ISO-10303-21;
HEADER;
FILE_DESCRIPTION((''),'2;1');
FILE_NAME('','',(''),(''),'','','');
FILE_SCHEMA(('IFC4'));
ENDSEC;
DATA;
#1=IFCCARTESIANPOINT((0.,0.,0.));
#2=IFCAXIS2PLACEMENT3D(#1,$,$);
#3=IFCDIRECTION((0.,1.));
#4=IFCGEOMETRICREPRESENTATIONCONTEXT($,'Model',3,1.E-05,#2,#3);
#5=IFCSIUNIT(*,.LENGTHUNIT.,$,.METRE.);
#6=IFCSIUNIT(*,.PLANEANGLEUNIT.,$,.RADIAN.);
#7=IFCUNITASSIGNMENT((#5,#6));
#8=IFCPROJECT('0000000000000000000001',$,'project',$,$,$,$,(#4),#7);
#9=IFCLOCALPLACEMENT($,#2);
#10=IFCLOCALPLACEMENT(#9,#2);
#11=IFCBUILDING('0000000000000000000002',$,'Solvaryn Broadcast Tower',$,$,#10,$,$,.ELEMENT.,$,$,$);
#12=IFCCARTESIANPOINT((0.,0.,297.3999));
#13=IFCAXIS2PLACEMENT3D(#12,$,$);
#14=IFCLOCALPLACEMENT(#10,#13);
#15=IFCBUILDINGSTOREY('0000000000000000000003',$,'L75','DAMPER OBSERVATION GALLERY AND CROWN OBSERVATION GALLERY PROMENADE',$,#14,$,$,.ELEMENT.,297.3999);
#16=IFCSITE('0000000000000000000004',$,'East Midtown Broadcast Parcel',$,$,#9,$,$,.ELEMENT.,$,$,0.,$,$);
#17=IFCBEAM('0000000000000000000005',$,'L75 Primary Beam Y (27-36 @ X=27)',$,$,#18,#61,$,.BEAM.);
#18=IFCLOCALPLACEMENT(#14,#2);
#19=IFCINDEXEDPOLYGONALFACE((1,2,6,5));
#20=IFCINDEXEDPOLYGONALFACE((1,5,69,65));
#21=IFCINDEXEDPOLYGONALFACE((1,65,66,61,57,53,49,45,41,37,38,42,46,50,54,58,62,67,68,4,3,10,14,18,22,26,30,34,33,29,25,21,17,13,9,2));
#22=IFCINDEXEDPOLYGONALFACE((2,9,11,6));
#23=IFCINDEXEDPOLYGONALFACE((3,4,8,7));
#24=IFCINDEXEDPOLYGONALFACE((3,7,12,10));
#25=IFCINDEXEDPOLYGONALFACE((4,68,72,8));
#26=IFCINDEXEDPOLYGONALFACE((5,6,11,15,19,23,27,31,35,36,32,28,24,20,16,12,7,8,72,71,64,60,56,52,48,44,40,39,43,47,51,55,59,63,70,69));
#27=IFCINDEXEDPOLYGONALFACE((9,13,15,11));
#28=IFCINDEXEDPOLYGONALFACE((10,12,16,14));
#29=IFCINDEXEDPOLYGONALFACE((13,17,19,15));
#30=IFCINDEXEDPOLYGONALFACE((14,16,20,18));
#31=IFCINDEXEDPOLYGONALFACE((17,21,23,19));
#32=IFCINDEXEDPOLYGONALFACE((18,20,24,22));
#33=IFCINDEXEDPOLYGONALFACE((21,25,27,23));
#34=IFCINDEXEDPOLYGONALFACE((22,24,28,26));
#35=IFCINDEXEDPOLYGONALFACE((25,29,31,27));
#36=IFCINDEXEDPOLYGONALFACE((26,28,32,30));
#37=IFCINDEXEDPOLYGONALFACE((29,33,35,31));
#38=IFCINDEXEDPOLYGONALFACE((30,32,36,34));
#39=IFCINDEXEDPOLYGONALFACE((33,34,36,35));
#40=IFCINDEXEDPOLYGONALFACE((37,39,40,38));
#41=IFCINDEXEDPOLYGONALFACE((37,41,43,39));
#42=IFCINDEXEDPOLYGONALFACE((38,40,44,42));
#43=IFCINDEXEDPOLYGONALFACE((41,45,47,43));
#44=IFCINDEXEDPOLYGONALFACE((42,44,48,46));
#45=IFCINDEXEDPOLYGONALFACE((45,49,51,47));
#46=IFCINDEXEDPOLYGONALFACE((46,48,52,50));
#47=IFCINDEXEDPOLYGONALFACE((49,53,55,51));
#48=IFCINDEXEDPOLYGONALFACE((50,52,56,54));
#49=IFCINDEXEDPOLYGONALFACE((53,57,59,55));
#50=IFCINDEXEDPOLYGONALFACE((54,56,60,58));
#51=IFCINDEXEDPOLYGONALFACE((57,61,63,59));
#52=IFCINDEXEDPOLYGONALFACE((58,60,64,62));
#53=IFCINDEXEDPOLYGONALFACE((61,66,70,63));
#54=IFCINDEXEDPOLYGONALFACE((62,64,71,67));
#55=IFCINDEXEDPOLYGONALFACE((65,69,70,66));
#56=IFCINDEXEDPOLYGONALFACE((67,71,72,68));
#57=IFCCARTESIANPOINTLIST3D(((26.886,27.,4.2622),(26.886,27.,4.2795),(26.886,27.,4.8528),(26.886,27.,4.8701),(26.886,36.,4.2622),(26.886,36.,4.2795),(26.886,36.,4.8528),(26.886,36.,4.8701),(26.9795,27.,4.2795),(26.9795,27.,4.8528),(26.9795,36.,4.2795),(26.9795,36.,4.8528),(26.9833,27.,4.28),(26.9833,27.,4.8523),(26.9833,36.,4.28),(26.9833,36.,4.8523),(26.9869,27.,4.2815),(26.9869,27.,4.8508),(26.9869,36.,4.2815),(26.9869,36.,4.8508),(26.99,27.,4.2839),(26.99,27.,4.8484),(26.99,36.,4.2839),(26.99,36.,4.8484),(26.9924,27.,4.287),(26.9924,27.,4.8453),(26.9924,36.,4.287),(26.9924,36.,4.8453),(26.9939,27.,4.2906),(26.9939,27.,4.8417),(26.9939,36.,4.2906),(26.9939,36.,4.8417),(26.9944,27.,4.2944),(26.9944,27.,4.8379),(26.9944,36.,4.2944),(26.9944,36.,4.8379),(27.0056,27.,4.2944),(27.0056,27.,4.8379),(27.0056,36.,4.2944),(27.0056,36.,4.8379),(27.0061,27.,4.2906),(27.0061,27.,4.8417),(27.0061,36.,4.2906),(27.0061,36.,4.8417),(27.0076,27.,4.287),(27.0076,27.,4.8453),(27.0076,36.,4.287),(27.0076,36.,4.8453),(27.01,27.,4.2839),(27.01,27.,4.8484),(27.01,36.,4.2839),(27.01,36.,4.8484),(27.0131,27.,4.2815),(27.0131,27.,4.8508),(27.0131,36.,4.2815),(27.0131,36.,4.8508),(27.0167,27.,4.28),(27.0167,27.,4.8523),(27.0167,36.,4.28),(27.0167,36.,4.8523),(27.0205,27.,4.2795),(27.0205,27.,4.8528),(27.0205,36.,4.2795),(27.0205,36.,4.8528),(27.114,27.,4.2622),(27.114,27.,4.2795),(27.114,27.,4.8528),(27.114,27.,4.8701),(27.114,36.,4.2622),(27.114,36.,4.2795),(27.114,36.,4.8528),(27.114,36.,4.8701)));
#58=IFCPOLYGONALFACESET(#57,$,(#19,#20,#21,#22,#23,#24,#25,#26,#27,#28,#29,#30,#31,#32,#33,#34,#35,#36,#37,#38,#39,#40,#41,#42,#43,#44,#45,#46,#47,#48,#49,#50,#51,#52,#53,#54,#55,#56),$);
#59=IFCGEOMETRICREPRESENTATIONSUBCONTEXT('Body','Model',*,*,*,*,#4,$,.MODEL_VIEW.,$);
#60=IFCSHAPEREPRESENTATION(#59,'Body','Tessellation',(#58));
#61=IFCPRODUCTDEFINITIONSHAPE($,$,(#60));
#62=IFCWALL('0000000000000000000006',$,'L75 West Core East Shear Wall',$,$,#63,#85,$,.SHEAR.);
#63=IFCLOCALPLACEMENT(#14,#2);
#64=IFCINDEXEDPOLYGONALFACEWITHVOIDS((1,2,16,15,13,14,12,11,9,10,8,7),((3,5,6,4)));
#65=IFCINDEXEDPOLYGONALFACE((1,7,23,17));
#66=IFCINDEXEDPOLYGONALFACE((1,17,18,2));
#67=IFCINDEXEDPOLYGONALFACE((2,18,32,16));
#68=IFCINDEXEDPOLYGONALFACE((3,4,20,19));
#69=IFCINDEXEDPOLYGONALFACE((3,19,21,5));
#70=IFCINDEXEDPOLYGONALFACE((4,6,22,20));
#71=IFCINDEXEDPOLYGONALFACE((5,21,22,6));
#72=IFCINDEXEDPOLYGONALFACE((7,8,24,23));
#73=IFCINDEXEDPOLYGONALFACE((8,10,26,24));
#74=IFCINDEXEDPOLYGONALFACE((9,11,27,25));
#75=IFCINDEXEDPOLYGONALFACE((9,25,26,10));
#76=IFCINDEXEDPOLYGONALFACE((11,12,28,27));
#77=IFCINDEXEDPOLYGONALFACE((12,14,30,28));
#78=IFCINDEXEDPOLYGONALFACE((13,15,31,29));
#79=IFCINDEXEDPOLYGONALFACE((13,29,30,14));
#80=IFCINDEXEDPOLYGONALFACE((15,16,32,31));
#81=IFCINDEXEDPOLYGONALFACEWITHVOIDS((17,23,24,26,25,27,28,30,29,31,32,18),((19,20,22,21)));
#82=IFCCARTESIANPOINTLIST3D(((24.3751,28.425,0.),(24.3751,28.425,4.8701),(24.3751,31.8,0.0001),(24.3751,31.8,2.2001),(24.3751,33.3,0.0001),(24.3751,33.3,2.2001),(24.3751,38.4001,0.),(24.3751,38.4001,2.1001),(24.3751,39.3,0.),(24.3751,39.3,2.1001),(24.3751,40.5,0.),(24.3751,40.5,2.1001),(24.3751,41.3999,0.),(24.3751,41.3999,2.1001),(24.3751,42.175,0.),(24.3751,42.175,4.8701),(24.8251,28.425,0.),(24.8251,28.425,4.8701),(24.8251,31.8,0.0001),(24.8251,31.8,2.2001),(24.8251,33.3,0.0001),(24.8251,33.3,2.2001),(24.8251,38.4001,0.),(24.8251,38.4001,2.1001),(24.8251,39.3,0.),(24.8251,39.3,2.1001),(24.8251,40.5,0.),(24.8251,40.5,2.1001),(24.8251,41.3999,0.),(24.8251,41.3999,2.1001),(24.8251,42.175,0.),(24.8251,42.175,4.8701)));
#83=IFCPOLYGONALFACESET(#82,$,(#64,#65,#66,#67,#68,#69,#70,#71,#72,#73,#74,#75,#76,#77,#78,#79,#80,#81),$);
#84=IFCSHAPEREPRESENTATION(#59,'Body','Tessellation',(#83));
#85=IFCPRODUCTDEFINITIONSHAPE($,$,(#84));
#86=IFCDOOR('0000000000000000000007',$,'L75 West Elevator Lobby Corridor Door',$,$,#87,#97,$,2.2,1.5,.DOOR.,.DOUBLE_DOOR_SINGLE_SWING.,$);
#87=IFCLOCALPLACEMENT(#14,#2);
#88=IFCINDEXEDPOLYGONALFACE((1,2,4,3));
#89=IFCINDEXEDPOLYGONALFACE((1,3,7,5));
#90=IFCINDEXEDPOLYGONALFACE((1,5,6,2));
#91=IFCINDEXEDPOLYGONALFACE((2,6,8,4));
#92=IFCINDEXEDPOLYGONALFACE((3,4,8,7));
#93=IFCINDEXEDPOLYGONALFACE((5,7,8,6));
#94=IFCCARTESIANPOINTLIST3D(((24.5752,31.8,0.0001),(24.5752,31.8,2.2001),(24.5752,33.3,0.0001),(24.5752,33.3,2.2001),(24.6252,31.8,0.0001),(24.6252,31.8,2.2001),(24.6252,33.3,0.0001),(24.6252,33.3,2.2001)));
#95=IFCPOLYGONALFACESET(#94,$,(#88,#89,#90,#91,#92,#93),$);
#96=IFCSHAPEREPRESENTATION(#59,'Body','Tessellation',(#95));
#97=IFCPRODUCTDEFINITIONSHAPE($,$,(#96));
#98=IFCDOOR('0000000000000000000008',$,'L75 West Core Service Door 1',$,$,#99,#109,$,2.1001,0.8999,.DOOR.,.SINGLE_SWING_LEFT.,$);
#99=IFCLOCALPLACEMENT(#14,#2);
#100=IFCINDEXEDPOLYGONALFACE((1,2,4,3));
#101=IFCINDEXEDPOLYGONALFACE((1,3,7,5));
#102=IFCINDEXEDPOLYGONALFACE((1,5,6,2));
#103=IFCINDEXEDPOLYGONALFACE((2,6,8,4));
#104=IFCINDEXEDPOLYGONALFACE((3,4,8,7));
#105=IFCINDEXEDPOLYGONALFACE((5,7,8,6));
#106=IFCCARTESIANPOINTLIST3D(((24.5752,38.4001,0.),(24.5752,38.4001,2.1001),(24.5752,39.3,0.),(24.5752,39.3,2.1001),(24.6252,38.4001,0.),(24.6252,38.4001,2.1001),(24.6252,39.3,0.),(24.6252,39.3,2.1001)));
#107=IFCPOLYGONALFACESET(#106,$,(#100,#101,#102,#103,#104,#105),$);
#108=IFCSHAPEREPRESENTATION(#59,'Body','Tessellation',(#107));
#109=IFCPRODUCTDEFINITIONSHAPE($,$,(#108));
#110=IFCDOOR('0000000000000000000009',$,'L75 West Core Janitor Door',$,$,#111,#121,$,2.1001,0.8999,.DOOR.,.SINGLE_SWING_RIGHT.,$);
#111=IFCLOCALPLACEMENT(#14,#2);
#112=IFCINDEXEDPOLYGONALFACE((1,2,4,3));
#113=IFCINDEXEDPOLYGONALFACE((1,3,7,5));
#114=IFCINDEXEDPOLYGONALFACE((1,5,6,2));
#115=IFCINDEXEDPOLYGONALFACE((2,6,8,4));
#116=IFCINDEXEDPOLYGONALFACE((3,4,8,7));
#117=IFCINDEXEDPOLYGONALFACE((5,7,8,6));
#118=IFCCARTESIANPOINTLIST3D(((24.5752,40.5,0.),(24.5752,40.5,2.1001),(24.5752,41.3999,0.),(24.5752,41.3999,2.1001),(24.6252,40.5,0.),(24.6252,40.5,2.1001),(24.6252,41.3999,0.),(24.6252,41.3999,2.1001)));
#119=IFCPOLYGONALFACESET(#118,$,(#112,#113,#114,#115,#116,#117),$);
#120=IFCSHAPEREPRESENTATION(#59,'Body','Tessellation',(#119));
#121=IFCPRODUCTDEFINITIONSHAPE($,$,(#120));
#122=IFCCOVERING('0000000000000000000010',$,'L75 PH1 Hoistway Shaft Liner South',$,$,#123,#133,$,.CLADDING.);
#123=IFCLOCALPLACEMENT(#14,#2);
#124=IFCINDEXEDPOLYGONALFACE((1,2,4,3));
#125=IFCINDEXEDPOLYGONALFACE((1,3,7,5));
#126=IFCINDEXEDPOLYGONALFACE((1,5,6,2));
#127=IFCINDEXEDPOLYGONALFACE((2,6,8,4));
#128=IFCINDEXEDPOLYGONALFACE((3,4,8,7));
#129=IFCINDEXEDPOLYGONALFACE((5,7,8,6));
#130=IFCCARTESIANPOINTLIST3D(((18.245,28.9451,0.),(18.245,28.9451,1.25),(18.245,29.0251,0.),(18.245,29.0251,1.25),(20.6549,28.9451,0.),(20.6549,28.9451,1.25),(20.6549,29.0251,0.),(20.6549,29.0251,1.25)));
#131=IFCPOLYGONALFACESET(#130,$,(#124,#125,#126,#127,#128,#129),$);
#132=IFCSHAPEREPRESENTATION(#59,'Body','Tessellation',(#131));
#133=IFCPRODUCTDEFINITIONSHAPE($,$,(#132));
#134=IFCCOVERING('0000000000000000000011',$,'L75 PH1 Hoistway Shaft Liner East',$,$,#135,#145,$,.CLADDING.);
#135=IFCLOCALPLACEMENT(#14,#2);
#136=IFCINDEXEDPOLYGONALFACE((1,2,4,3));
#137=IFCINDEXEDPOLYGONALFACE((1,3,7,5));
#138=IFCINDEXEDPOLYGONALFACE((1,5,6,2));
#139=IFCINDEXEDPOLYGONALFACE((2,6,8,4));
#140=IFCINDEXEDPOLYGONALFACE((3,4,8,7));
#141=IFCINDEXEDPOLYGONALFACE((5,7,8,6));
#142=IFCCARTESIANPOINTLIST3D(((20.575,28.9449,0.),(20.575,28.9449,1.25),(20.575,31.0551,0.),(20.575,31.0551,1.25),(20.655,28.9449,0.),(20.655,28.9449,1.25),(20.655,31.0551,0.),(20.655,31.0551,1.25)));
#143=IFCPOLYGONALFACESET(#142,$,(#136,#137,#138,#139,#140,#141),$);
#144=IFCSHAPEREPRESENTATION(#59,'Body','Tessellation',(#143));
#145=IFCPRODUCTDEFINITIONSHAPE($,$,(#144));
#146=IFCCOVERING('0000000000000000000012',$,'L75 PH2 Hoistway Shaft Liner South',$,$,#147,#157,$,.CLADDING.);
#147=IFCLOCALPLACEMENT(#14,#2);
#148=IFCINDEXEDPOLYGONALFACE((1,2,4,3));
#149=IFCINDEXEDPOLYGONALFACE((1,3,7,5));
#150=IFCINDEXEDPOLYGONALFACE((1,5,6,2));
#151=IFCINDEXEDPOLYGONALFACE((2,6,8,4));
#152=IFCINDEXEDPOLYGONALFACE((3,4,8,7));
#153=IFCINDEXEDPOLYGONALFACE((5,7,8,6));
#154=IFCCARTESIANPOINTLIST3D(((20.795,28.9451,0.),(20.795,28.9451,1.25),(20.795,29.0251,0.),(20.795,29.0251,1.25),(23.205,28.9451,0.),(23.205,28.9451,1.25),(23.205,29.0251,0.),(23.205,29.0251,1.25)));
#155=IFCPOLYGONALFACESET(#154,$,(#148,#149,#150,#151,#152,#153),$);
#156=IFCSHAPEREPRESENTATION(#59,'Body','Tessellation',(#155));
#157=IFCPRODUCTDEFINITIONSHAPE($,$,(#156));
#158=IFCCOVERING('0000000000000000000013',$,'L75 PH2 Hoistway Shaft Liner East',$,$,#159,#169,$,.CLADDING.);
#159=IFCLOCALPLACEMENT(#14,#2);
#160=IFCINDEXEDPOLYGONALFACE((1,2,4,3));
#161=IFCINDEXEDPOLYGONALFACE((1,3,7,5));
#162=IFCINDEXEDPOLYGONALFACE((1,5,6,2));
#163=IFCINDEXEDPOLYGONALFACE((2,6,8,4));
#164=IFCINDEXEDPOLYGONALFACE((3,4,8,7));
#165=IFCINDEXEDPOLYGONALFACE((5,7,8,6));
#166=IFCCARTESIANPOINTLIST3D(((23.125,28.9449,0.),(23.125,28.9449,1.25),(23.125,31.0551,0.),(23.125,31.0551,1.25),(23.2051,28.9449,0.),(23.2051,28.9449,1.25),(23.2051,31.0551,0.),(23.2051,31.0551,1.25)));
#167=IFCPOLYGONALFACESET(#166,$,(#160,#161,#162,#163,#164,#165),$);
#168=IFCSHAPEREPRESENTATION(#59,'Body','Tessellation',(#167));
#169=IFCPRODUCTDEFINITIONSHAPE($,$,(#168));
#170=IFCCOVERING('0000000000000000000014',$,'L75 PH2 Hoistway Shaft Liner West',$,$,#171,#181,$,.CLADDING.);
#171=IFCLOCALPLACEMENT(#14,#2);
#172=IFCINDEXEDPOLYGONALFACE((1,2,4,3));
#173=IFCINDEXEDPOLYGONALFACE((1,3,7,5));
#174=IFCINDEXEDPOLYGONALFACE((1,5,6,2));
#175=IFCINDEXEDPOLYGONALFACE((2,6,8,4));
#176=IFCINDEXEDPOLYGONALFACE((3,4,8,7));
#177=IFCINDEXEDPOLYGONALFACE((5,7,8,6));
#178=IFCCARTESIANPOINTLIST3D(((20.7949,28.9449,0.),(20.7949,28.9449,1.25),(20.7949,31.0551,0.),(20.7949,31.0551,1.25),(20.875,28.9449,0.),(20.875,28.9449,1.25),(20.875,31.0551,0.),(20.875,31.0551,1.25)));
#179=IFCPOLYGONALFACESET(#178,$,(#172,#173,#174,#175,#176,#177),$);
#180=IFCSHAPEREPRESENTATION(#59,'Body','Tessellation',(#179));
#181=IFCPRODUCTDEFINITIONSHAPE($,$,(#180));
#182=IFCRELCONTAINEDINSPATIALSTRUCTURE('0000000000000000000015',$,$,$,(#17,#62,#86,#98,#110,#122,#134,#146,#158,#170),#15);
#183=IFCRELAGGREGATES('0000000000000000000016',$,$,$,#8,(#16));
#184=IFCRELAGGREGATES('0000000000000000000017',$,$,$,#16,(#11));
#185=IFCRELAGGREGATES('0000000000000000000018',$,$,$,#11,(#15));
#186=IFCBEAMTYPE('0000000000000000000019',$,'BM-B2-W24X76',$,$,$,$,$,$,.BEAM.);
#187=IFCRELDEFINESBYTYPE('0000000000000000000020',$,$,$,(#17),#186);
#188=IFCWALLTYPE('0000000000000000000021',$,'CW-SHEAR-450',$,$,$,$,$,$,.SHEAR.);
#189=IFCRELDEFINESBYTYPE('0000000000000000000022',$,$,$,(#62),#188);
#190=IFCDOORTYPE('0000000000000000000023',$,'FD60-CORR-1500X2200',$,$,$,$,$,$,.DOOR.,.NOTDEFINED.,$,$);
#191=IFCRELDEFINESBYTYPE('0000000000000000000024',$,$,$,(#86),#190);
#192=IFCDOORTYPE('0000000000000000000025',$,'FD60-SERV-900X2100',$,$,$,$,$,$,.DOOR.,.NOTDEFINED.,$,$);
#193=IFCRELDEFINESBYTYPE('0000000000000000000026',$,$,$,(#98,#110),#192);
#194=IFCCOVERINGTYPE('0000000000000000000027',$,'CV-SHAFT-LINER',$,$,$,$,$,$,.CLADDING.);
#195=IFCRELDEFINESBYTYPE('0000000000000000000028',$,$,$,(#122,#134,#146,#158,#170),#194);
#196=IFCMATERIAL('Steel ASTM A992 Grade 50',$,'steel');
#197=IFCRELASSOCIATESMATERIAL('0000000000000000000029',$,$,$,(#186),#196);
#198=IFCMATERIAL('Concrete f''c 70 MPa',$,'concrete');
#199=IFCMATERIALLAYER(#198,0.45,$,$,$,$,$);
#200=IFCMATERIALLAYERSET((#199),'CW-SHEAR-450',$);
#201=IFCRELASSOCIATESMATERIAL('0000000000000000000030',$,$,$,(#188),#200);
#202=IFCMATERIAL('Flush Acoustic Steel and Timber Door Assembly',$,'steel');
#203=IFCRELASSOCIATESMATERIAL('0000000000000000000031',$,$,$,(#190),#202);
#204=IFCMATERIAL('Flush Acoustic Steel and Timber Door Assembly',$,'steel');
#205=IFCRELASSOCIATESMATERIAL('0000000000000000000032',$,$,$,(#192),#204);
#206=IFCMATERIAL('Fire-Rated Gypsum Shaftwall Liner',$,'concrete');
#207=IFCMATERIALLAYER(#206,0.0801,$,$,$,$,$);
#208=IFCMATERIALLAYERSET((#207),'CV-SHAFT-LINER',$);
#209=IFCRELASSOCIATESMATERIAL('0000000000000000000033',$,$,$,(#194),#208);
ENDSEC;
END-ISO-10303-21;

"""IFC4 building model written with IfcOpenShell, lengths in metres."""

from ifc_helpers import new_model, si_unit, direction, frame, frame_2d, origin, origin_2d, place, context, subcontext, project, spatial, rectangle, i_section, extrude, material, layer, layer_set, material_profile, profile_set, type_object, element, fill, save


model = new_model("IFC4")

# Units and contexts
model_context = context("Model", 3, precision=1e-05, world=origin(), true_north=direction((0.0, 1.0)))
body_context = subcontext(model_context, "Body", "Model", "MODEL_VIEW")
ifc_project = project(units=[si_unit("LENGTHUNIT", "METRE"), si_unit("PLANEANGLEUNIT", "RADIAN")], contexts=[model_context])

# Site, building, storey
site_placement = place(None, origin())
site = spatial("IfcSite", under=ifc_project, at=site_placement, Name="East Midtown Broadcast Parcel", CompositionType="ELEMENT", RefElevation=0.0)
building_placement = place(site_placement, origin())
building = spatial("IfcBuilding", under=site, at=building_placement, Name="Solvaryn Broadcast Tower", CompositionType="ELEMENT")
storey_placement = place(building_placement, frame((0.0, 0.0, 297.3999)))
storey = spatial("IfcBuildingStorey", under=building, at=storey_placement, Name="L75", Description="DAMPER OBSERVATION GALLERY AND CROWN OBSERVATION GALLERY PROMENADE", CompositionType="ELEMENT", Elevation=297.3999)

# Beam
ifc_material_1 = material(Name="Steel ASTM A992 Grade 50", Category="steel")
ifc_material_profile_1 = material_profile(ifc_material_1, i_section(OverallWidth=0.228, OverallDepth=0.6079, WebThickness=0.0112, FlangeThickness=0.0173, FilletRadius=0.0149, at=origin_2d()))
ifc_profile_set_1 = profile_set([ifc_material_profile_1], Name="Steel ASTM A992 Grade 50")
beam_type_1 = type_object("IfcBeamType", Name="BM-B2-W24X76", PredefinedType="BEAM", material=ifc_profile_set_1)
beam_1_placement = place(storey_placement, frame((27.0, 27.0, 4.5662), z_axis=(0.0, 1.0, 0.0), x_axis=(-1.0, 0.0, 0.0)))
element("IfcBeam", 1, at=beam_1_placement, inside=storey, type_object=beam_type_1, Name="L75 Primary Beam Y (27-36 @ X=27)", PredefinedType="BEAM", context=body_context, shape_type="SweptSolid", body=[
    extrude(i_section(OverallWidth=0.228, OverallDepth=0.6079, WebThickness=0.0112, FlangeThickness=0.0173, FilletRadius=0.0149, at=origin_2d()), origin(), (0.0, 0.0, 1.0), 9.0),
])

# Wall, openings, doors
ifc_material_2 = material(Name="Concrete f'c 70 MPa", Category="concrete")
ifc_layer_1 = layer(ifc_material_2, 0.45)
ifc_layer_set_1 = layer_set([ifc_layer_1], Name="CW-SHEAR-450")
wall_type_1 = type_object("IfcWallType", Name="CW-SHEAR-450", PredefinedType="SHEAR", material=ifc_layer_set_1)
wall_1_placement = place(storey_placement, frame((24.6001, 28.425, 0.0), z_axis=(0.0, 0.0, 1.0), x_axis=(0.0, 1.0, 0.0)))
wall_1 = element("IfcWall", 2, at=wall_1_placement, inside=storey, type_object=wall_type_1, Name="L75 West Core East Shear Wall", PredefinedType="SHEAR", context=body_context, shape_type="SweptSolid", body=[
    extrude(rectangle(XDim=13.75, YDim=0.45, at=frame_2d((6.875, 0.0))), origin(), (0.0, 0.0, 1.0), 4.8701),
])
opening_1_placement = place(wall_1_placement, frame((3.375, 0.0, 0.0)))
opening_1 = element("IfcOpeningElement", 3, at=opening_1_placement, cuts=wall_1, PredefinedType="OPENING", context=body_context, shape_type="SweptSolid", body=[
    extrude(rectangle(XDim=1.5, YDim=2.2, at=frame_2d((0.75, 1.1001))), frame((0.0, 0.2351, 0.0), z_axis=(0.0, -1.0, 0.0), x_axis=(1.0, 0.0, 0.0)), (0.0, 0.0, 1.0), 0.47),
])
opening_2_placement = place(wall_1_placement, frame((9.9751, 0.0, 0.0)))
opening_2 = element("IfcOpeningElement", 4, at=opening_2_placement, cuts=wall_1, PredefinedType="OPENING", context=body_context, shape_type="SweptSolid", body=[
    extrude(rectangle(XDim=0.8999, YDim=2.1001, at=frame_2d((0.45, 1.05))), frame((0.0, 0.2351, 0.0), z_axis=(0.0, -1.0, 0.0), x_axis=(1.0, 0.0, 0.0)), (0.0, 0.0, 1.0), 0.47),
])
opening_3_placement = place(wall_1_placement, frame((12.075, 0.0, 0.0)))
opening_3 = element("IfcOpeningElement", 5, at=opening_3_placement, cuts=wall_1, PredefinedType="OPENING", context=body_context, shape_type="SweptSolid", body=[
    extrude(rectangle(XDim=0.8999, YDim=2.1001, at=frame_2d((0.45, 1.05))), frame((0.0, 0.2351, 0.0), z_axis=(0.0, -1.0, 0.0), x_axis=(1.0, 0.0, 0.0)), (0.0, 0.0, 1.0), 0.47),
])
ifc_material_3 = material(Name="Flush Acoustic Steel and Timber Door Assembly", Category="steel")
door_type_1 = type_object("IfcDoorType", Name="FD60-CORR-1500X2200", OperationType="NOTDEFINED", PredefinedType="DOOR", material=ifc_material_3)
door_1_placement = place(opening_1_placement, origin())
door_1 = element("IfcDoor", 6, at=door_1_placement, inside=storey, type_object=door_type_1, Name="L75 West Elevator Lobby Corridor Door", OperationType="DOUBLE_DOOR_SINGLE_SWING", OverallHeight=2.2, OverallWidth=1.5, PredefinedType="DOOR", context=body_context, shape_type="SweptSolid", body=[
    extrude(rectangle(XDim=1.5, YDim=2.2, at=frame_2d((0.75, 1.1001))), frame((0.0, 0.0249, 0.0), z_axis=(0.0, -1.0, 0.0), x_axis=(1.0, 0.0, 0.0)), (0.0, 0.0, 1.0), 0.05),
])
fill(opening_1, door_1)
ifc_material_4 = material(Name="Flush Acoustic Steel and Timber Door Assembly", Category="steel")
door_type_2 = type_object("IfcDoorType", Name="FD60-SERV-900X2100", OperationType="NOTDEFINED", PredefinedType="DOOR", material=ifc_material_4)
door_2_placement = place(opening_2_placement, origin())
door_2 = element("IfcDoor", 7, at=door_2_placement, inside=storey, type_object=door_type_2, Name="L75 West Core Service Door 1", OperationType="SINGLE_SWING_LEFT", OverallHeight=2.1001, OverallWidth=0.8999, PredefinedType="DOOR", context=body_context, shape_type="SweptSolid", body=[
    extrude(rectangle(XDim=0.8999, YDim=2.1001, at=frame_2d((0.45, 1.05))), frame((0.0, 0.0249, 0.0), z_axis=(0.0, -1.0, 0.0), x_axis=(1.0, 0.0, 0.0)), (0.0, 0.0, 1.0), 0.05),
])
fill(opening_2, door_2)
door_3_placement = place(opening_3_placement, origin())
door_3 = element("IfcDoor", 8, at=door_3_placement, inside=storey, type_object=door_type_2, Name="L75 West Core Janitor Door", OperationType="SINGLE_SWING_RIGHT", OverallHeight=2.1001, OverallWidth=0.8999, PredefinedType="DOOR", context=body_context, shape_type="SweptSolid", body=[
    extrude(rectangle(XDim=0.8999, YDim=2.1001, at=frame_2d((0.45, 1.05))), frame((0.0, 0.0249, 0.0), z_axis=(0.0, -1.0, 0.0), x_axis=(1.0, 0.0, 0.0)), (0.0, 0.0, 1.0), 0.05),
])
fill(opening_3, door_3)

# Coverings
ifc_material_5 = material(Name="Fire-Rated Gypsum Shaftwall Liner", Category="concrete")
ifc_layer_2 = layer(ifc_material_5, 0.0801)
ifc_layer_set_2 = layer_set([ifc_layer_2], Name="CV-SHAFT-LINER")
covering_type = type_object("IfcCoveringType", Name="CV-SHAFT-LINER", PredefinedType="CLADDING", material=ifc_layer_set_2)
covering_1_placement = place(storey_placement, frame((19.45, 28.9851, 0.0), z_axis=(0.0, 0.0, 1.0), x_axis=(1.0, 0.0, 0.0)))
element("IfcCovering", 9, at=covering_1_placement, inside=storey, type_object=covering_type, Name="L75 PH1 Hoistway Shaft Liner South", PredefinedType="CLADDING", context=body_context, shape_type="SweptSolid", body=[
    extrude(rectangle(XDim=2.4099, YDim=0.0801, at=origin_2d()), origin(), (0.0, 0.0, 1.0), 1.25),
])
covering_2_placement = place(storey_placement, frame((20.615, 30.0, 0.0), z_axis=(0.0, 0.0, 1.0), x_axis=(1.0, 0.0, 0.0)))
element("IfcCovering", 10, at=covering_2_placement, inside=storey, type_object=covering_type, Name="L75 PH1 Hoistway Shaft Liner East", PredefinedType="CLADDING", context=body_context, shape_type="SweptSolid", body=[
    extrude(rectangle(XDim=0.0801, YDim=2.1101, at=origin_2d()), origin(), (0.0, 0.0, 1.0), 1.25),
])
covering_3_placement = place(storey_placement, frame((22.0, 28.9851, 0.0), z_axis=(0.0, 0.0, 1.0), x_axis=(1.0, 0.0, 0.0)))
element("IfcCovering", 11, at=covering_3_placement, inside=storey, type_object=covering_type, Name="L75 PH2 Hoistway Shaft Liner South", PredefinedType="CLADDING", context=body_context, shape_type="SweptSolid", body=[
    extrude(rectangle(XDim=2.4099, YDim=0.0801, at=origin_2d()), origin(), (0.0, 0.0, 1.0), 1.25),
])
for number, where, z_axis, x_axis, name in (
    (12, (23.165, 30.0, 0.0), (0.0, 0.0, 1.0), (1.0, 0.0, 0.0), "L75 PH2 Hoistway Shaft Liner East"),
    (13, (20.835, 30.0, 0.0), (0.0, 0.0, 1.0), (1.0, 0.0, 0.0), "L75 PH2 Hoistway Shaft Liner West"),
):
    element("IfcCovering", number, at=place(storey_placement, frame(where, z_axis=z_axis, x_axis=x_axis)), inside=storey, type_object=covering_type, Name=name, PredefinedType="CLADDING", context=body_context, shape_type="SweptSolid", body=[
        extrude(rectangle(XDim=0.0801, YDim=2.1101, at=origin_2d()), origin(), (0.0, 0.0, 1.0), 1.25),
    ])

save(model, "model.ifc")
